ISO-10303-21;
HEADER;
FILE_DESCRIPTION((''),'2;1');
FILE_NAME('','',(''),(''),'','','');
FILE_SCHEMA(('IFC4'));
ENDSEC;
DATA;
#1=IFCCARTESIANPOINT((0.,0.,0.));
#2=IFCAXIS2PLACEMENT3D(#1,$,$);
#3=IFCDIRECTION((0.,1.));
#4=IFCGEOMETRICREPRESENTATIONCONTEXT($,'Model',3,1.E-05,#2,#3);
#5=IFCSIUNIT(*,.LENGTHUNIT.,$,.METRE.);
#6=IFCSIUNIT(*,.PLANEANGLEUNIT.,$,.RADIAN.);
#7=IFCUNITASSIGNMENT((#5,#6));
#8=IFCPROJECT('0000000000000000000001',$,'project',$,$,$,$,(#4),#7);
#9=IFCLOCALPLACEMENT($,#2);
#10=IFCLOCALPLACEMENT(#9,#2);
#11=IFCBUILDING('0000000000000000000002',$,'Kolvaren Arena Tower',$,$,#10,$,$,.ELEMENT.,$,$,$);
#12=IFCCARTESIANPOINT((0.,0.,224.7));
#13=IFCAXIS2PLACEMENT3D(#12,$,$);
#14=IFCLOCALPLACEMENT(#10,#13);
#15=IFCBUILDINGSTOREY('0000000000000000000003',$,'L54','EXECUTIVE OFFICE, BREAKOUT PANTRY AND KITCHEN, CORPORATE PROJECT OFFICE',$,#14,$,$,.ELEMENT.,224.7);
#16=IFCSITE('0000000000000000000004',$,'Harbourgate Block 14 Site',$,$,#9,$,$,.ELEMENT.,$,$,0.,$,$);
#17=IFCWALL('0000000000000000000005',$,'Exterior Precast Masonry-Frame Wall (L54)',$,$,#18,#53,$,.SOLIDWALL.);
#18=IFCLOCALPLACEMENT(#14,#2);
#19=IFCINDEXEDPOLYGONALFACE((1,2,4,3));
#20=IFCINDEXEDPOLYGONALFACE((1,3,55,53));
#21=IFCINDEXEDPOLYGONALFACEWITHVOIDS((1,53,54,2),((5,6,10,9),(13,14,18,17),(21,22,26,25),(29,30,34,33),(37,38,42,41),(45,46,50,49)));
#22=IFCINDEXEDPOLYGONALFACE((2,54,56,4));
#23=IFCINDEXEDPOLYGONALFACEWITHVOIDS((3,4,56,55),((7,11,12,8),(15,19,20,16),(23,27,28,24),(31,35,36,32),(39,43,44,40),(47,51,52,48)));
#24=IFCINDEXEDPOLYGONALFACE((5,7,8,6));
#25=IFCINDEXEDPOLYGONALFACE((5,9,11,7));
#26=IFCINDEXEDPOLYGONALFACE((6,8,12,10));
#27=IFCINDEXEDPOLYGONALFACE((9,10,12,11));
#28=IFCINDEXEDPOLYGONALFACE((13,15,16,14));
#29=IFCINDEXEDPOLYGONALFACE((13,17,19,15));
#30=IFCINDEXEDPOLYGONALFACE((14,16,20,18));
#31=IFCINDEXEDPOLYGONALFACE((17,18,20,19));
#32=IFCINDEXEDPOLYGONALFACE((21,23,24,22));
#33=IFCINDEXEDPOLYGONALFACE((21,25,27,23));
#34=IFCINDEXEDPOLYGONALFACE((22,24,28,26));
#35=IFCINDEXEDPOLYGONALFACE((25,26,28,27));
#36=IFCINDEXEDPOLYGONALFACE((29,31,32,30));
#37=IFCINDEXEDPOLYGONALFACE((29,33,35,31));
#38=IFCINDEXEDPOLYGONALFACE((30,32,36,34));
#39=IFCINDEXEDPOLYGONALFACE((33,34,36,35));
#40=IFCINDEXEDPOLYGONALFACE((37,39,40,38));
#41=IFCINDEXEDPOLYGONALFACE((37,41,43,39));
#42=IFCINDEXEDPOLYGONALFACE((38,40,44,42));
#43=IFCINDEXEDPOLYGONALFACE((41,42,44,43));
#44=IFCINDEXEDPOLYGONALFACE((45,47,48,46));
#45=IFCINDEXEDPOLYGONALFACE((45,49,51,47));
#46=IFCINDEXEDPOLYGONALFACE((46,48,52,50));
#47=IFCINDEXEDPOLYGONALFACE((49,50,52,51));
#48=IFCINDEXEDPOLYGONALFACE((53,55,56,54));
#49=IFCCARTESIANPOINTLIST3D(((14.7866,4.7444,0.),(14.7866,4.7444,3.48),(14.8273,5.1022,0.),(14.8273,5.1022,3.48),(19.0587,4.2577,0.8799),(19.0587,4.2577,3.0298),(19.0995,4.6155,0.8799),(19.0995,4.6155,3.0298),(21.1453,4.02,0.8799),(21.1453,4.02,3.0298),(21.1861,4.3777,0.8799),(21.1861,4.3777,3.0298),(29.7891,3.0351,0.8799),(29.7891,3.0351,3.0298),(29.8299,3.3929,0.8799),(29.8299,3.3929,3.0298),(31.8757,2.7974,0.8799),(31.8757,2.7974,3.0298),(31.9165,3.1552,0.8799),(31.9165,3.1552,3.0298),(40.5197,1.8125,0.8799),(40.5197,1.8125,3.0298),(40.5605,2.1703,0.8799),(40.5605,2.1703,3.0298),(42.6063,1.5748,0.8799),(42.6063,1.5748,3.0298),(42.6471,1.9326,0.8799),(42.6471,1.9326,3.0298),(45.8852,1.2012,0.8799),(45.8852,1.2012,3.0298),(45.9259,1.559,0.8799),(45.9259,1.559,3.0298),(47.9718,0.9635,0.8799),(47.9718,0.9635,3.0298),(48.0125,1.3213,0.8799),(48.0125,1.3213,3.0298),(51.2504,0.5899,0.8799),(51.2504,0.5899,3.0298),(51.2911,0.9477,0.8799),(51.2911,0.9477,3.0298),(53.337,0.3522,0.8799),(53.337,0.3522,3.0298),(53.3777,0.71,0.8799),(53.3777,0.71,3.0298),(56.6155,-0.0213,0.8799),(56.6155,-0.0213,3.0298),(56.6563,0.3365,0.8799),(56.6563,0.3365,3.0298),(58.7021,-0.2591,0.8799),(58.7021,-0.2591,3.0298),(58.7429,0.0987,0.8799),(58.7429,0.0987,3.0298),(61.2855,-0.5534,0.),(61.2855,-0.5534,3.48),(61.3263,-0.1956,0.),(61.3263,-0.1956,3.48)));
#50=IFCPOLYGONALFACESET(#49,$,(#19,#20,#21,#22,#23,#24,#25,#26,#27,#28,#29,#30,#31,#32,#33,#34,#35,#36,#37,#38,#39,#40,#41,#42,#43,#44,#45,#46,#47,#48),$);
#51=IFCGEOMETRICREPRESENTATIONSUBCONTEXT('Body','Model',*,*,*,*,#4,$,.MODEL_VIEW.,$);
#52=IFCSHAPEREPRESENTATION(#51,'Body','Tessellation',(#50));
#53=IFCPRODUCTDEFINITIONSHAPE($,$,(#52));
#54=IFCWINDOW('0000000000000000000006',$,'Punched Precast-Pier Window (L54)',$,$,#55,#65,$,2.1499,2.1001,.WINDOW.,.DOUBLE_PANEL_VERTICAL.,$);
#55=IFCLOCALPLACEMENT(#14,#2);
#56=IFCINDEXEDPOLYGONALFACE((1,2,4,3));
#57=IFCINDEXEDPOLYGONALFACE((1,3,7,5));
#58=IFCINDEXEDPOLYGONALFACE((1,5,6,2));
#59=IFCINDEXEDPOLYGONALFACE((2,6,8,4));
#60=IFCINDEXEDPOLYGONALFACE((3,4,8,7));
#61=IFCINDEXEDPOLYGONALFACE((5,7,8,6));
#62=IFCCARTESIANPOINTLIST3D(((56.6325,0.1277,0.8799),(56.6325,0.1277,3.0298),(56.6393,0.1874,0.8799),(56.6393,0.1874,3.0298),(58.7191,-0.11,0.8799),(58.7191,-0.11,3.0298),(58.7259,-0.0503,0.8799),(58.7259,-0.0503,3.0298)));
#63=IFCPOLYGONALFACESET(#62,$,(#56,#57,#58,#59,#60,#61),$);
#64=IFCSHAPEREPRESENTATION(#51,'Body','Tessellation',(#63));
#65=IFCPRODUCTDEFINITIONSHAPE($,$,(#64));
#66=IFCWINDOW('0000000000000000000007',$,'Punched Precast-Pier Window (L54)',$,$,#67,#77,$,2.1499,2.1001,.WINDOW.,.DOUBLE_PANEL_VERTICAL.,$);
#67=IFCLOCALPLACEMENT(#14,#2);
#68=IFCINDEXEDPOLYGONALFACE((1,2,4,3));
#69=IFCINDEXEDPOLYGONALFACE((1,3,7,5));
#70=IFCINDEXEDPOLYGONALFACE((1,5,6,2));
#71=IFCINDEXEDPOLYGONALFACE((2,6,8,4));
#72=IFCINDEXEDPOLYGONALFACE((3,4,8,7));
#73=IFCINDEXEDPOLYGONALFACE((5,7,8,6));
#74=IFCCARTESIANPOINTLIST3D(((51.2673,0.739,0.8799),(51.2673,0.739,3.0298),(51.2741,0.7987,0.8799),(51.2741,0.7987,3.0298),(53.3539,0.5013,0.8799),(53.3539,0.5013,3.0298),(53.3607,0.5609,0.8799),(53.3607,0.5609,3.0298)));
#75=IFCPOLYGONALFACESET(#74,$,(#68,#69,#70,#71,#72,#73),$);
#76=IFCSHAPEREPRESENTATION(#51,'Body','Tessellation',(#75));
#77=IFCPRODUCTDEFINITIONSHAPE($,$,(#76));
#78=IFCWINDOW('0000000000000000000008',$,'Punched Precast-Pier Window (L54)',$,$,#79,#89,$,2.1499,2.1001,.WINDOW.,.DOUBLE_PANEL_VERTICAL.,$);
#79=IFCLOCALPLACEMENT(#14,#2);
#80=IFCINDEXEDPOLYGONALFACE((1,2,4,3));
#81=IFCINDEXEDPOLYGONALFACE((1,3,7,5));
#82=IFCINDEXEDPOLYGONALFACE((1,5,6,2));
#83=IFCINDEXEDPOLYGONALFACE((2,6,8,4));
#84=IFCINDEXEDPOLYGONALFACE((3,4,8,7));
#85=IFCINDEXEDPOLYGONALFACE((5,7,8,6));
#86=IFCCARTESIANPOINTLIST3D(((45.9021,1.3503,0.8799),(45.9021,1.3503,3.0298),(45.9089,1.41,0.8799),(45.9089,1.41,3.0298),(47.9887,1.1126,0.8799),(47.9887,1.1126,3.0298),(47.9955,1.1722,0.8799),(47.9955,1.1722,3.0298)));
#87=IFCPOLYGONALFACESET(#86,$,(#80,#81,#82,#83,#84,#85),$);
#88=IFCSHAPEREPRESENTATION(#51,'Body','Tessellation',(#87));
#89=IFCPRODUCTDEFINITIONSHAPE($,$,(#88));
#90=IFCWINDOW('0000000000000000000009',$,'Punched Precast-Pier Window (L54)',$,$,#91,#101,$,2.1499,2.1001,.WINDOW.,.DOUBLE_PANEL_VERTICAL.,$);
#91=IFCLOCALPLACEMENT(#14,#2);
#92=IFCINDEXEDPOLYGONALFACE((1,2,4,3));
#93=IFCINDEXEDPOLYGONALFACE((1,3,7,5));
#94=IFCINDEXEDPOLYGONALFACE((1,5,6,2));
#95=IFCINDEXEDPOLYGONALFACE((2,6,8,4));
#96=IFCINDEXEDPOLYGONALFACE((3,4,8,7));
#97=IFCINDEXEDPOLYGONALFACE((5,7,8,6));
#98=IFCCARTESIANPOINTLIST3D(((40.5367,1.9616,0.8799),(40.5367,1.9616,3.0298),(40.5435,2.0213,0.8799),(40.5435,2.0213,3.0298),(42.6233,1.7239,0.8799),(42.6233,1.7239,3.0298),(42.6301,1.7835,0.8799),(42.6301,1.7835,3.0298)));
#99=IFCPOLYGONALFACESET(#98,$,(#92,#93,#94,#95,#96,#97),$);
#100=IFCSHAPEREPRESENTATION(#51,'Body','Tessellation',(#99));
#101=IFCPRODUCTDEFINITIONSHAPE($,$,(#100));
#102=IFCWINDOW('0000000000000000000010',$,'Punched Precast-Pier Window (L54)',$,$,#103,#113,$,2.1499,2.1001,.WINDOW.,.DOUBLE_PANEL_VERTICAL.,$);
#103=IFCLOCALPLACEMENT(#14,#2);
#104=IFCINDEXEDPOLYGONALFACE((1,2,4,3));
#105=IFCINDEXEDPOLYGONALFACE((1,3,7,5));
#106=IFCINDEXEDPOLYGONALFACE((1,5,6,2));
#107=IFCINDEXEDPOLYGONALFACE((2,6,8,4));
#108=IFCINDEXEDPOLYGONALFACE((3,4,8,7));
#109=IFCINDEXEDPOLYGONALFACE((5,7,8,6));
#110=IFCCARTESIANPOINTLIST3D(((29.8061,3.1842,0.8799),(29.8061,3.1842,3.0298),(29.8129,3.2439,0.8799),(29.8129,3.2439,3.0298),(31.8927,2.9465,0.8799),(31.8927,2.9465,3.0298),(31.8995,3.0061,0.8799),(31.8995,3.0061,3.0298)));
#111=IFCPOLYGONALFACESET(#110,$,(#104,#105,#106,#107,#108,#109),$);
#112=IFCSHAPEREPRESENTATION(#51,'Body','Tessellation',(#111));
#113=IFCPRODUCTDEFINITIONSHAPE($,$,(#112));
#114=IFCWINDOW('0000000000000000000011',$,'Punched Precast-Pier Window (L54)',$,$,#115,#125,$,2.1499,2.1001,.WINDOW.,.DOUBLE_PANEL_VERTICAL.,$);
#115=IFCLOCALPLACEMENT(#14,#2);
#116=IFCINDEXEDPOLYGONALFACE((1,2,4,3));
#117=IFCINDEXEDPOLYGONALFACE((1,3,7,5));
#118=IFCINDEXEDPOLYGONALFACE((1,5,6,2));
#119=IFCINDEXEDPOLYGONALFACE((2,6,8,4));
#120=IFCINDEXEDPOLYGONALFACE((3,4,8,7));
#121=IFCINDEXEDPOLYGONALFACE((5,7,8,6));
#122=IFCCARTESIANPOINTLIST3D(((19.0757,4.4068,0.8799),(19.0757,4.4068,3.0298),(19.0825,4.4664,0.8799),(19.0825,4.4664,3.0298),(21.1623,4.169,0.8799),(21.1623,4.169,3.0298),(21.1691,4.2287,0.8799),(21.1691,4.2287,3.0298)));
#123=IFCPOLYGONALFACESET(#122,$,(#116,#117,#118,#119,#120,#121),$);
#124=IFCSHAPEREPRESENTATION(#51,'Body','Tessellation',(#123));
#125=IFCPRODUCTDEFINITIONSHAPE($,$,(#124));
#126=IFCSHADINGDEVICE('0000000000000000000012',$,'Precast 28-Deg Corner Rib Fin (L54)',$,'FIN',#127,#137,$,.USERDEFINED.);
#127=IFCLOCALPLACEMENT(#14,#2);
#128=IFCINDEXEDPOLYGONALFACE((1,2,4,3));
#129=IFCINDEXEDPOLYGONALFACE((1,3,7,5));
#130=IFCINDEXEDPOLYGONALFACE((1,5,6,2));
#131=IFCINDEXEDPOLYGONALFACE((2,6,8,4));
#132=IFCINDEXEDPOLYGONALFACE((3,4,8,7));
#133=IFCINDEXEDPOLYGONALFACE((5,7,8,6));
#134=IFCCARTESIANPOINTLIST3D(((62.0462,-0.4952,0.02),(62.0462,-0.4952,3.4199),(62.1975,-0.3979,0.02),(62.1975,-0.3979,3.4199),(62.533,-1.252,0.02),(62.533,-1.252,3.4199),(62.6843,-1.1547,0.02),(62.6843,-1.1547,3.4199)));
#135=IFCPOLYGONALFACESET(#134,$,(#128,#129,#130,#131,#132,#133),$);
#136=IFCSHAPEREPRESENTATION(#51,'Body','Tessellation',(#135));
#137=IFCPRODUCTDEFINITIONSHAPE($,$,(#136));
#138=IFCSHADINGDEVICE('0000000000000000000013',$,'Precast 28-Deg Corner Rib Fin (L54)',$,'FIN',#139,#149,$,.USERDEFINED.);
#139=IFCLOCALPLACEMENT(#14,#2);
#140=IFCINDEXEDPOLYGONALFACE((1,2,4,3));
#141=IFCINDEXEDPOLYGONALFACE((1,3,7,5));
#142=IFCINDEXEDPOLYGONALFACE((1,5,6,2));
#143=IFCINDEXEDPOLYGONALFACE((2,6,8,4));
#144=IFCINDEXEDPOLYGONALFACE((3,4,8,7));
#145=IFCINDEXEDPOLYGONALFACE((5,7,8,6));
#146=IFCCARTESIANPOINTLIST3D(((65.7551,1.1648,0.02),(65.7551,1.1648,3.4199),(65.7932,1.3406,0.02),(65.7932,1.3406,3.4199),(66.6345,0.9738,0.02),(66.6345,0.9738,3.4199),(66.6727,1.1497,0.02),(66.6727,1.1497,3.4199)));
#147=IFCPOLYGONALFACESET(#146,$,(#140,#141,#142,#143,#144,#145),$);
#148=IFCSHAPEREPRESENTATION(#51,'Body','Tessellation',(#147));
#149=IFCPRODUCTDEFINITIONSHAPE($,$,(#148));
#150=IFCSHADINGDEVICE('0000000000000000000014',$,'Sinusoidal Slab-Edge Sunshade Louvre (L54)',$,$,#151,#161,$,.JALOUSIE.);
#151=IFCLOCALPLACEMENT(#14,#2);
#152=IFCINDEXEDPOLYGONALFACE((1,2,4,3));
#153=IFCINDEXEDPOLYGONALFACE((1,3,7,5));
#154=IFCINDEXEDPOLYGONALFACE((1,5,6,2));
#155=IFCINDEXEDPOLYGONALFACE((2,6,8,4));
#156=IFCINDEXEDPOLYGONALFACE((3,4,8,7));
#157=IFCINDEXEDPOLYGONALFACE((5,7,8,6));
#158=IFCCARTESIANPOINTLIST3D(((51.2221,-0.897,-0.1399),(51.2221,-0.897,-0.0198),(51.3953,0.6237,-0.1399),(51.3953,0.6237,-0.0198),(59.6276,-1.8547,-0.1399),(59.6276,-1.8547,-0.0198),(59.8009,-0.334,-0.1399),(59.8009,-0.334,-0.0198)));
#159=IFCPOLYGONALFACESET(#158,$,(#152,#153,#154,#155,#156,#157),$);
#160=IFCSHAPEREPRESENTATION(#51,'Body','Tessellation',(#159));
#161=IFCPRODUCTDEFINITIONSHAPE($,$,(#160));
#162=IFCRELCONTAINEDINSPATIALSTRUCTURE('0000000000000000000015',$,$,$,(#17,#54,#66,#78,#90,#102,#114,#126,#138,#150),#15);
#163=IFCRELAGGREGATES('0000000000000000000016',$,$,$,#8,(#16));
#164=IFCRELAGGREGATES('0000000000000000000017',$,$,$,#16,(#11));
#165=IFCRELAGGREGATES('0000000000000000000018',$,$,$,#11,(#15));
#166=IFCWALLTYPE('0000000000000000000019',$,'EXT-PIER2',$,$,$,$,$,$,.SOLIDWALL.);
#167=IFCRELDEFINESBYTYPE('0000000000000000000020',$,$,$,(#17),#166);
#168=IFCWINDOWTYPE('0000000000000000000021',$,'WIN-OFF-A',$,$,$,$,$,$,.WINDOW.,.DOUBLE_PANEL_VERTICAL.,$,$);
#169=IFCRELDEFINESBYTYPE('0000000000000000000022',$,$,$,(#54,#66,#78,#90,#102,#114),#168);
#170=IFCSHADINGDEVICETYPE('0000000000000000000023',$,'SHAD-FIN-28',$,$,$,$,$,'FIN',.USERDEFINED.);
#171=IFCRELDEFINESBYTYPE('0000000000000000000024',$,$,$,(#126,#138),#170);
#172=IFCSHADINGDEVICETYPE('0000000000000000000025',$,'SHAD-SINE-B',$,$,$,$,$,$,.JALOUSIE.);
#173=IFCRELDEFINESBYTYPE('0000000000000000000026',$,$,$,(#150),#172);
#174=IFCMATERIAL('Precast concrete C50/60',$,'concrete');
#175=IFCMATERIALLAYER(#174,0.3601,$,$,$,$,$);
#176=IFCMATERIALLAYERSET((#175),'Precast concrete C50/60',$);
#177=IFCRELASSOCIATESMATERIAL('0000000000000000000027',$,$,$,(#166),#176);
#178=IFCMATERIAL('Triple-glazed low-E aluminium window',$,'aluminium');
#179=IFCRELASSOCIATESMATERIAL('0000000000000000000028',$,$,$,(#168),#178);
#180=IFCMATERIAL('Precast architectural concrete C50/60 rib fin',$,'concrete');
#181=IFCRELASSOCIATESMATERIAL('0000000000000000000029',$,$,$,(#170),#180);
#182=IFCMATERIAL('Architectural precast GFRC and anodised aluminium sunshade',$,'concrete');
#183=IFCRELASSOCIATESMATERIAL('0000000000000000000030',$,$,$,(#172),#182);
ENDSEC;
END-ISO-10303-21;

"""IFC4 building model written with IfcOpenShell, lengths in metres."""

from ifc_helpers import new_model, si_unit, direction, frame, frame_2d, origin, origin_2d, place, context, subcontext, project, spatial, rectangle, extrude, material, layer, layer_set, type_object, element, fill, save


model = new_model("IFC4")

# Units and contexts
model_context = context("Model", 3, precision=1e-05, world=origin(), true_north=direction((0.0, 1.0)))
body_context = subcontext(model_context, "Body", "Model", "MODEL_VIEW")
ifc_project = project(units=[si_unit("LENGTHUNIT", "METRE"), si_unit("PLANEANGLEUNIT", "RADIAN")], contexts=[model_context])

# Site, building, storey
site_placement = place(None, origin())
site = spatial("IfcSite", under=ifc_project, at=site_placement, Name="Harbourgate Block 14 Site", CompositionType="ELEMENT", RefElevation=0.0)
building_placement = place(site_placement, origin())
building = spatial("IfcBuilding", under=site, at=building_placement, Name="Kolvaren Arena Tower", CompositionType="ELEMENT")
storey_placement = place(building_placement, frame((0.0, 0.0, 224.7)))
storey = spatial("IfcBuildingStorey", under=building, at=storey_placement, Name="L54", Description="EXECUTIVE OFFICE, BREAKOUT PANTRY AND KITCHEN, CORPORATE PROJECT OFFICE", CompositionType="ELEMENT", Elevation=224.7)

# Shared definitions
ifc_material_1 = material(Name="Precast concrete C50/60", Category="concrete")
ifc_layer = layer(ifc_material_1, 0.3601)
ifc_layer_set = layer_set([ifc_layer], Name="Precast concrete C50/60")
wall_type = type_object("IfcWallType", Name="EXT-PIER2", PredefinedType="SOLIDWALL", material=ifc_layer_set)

# Wall, openings, windows
wall_1_placement = place(storey_placement, frame((61.3059, -0.3745, 0.0), z_axis=(0.0, 0.0, 1.0), x_axis=(-0.993572, 0.113202, 0.0)))
wall_1 = element("IfcWall", 1, at=wall_1_placement, inside=storey, type_object=wall_type, Name="Exterior Precast Masonry-Frame Wall (L54)", PredefinedType="SOLIDWALL", context=body_context, shape_type="SweptSolid", body=[
    extrude(rectangle(XDim=46.7998, YDim=0.3601, at=frame_2d((23.3999, 0.0))), origin(), (0.0, 0.0, 1.0), 3.48),
])
opening_1_placement = place(wall_1_placement, frame((2.6001, 0.0, 0.8799)))
opening_1 = element("IfcOpeningElement", 2, at=opening_1_placement, cuts=wall_1, PredefinedType="OPENING", context=body_context, shape_type="SweptSolid", body=[
    extrude(rectangle(XDim=2.1001, YDim=2.1499, at=frame_2d((1.05, 1.075))), frame((0.0, 0.1899, 0.0), z_axis=(0.0, -1.0, 0.0), x_axis=(1.0, 0.0, 0.0)), (0.0, 0.0, 1.0), 0.3801),
])
opening_2_placement = place(wall_1_placement, frame((8.0, 0.0, 0.8799)))
opening_2 = element("IfcOpeningElement", 3, at=opening_2_placement, cuts=wall_1, PredefinedType="OPENING", context=body_context, shape_type="SweptSolid", body=[
    extrude(rectangle(XDim=2.1001, YDim=2.1499, at=frame_2d((1.05, 1.075))), frame((0.0, 0.1899, 0.0), z_axis=(0.0, -1.0, 0.0), x_axis=(1.0, 0.0, 0.0)), (0.0, 0.0, 1.0), 0.3801),
])
opening_3_placement = place(wall_1_placement, frame((13.3999, 0.0, 0.8799)))
opening_3 = element("IfcOpeningElement", 4, at=opening_3_placement, cuts=wall_1, PredefinedType="OPENING", context=body_context, shape_type="SweptSolid", body=[
    extrude(rectangle(XDim=2.1001, YDim=2.1499, at=frame_2d((1.05, 1.075))), frame((0.0, 0.1899, 0.0), z_axis=(0.0, -1.0, 0.0), x_axis=(1.0, 0.0, 0.0)), (0.0, 0.0, 1.0), 0.3801),
])
opening_4_placement = place(wall_1_placement, frame((18.8, 0.0, 0.8799)))
opening_4 = element("IfcOpeningElement", 5, at=opening_4_placement, cuts=wall_1, PredefinedType="OPENING", context=body_context, shape_type="SweptSolid", body=[
    extrude(rectangle(XDim=2.1001, YDim=2.1499, at=frame_2d((1.05, 1.075))), frame((0.0, 0.1899, 0.0), z_axis=(0.0, -1.0, 0.0), x_axis=(1.0, 0.0, 0.0)), (0.0, 0.0, 1.0), 0.3801),
])
opening_5_placement = place(wall_1_placement, frame((29.6001, 0.0, 0.8799)))
opening_5 = element("IfcOpeningElement", 6, at=opening_5_placement, cuts=wall_1, PredefinedType="OPENING", context=body_context, shape_type="SweptSolid", body=[
    extrude(rectangle(XDim=2.1001, YDim=2.1499, at=frame_2d((1.05, 1.075))), frame((0.0, 0.1899, 0.0), z_axis=(0.0, -1.0, 0.0), x_axis=(1.0, 0.0, 0.0)), (0.0, 0.0, 1.0), 0.3801),
])
opening_6_placement = place(wall_1_placement, frame((40.3999, 0.0, 0.8799)))
opening_6 = element("IfcOpeningElement", 7, at=opening_6_placement, cuts=wall_1, PredefinedType="OPENING", context=body_context, shape_type="SweptSolid", body=[
    extrude(rectangle(XDim=2.1001, YDim=2.1499, at=frame_2d((1.05, 1.075))), frame((0.0, 0.1899, 0.0), z_axis=(0.0, -1.0, 0.0), x_axis=(1.0, 0.0, 0.0)), (0.0, 0.0, 1.0), 0.3801),
])
ifc_material_2 = material(Name="Triple-glazed low-E aluminium window", Category="aluminium")
window_type = type_object("IfcWindowType", Name="WIN-OFF-A", PartitioningType="DOUBLE_PANEL_VERTICAL", PredefinedType="WINDOW", material=ifc_material_2)
window_1_placement = place(opening_1_placement, origin())
window_1 = element("IfcWindow", 8, at=window_1_placement, inside=storey, type_object=window_type, Name="Punched Precast-Pier Window (L54)", OverallHeight=2.1499, OverallWidth=2.1001, PartitioningType="DOUBLE_PANEL_VERTICAL", PredefinedType="WINDOW", context=body_context, shape_type="SweptSolid", body=[
    extrude(rectangle(XDim=2.1001, YDim=2.1499, at=frame_2d((1.05, 1.075))), frame((0.0, 0.03, 0.0), z_axis=(0.0, -1.0, 0.0), x_axis=(1.0, 0.0, 0.0)), (0.0, 0.0, 1.0), 0.0601),
])
fill(opening_1, window_1)
window_2_placement = place(opening_2_placement, origin())
window_2 = element("IfcWindow", 9, at=window_2_placement, inside=storey, type_object=window_type, Name="Punched Precast-Pier Window (L54)", OverallHeight=2.1499, OverallWidth=2.1001, PartitioningType="DOUBLE_PANEL_VERTICAL", PredefinedType="WINDOW", context=body_context, shape_type="SweptSolid", body=[
    extrude(rectangle(XDim=2.1001, YDim=2.1499, at=frame_2d((1.05, 1.075))), frame((0.0, 0.03, 0.0), z_axis=(0.0, -1.0, 0.0), x_axis=(1.0, 0.0, 0.0)), (0.0, 0.0, 1.0), 0.0601),
])
fill(opening_2, window_2)
window_3_placement = place(opening_3_placement, origin())
window_3 = element("IfcWindow", 10, at=window_3_placement, inside=storey, type_object=window_type, Name="Punched Precast-Pier Window (L54)", OverallHeight=2.1499, OverallWidth=2.1001, PartitioningType="DOUBLE_PANEL_VERTICAL", PredefinedType="WINDOW", context=body_context, shape_type="SweptSolid", body=[
    extrude(rectangle(XDim=2.1001, YDim=2.1499, at=frame_2d((1.05, 1.075))), frame((0.0, 0.03, 0.0), z_axis=(0.0, -1.0, 0.0), x_axis=(1.0, 0.0, 0.0)), (0.0, 0.0, 1.0), 0.0601),
])
fill(opening_3, window_3)
window_4_placement = place(opening_4_placement, origin())
window_4 = element("IfcWindow", 11, at=window_4_placement, inside=storey, type_object=window_type, Name="Punched Precast-Pier Window (L54)", OverallHeight=2.1499, OverallWidth=2.1001, PartitioningType="DOUBLE_PANEL_VERTICAL", PredefinedType="WINDOW", context=body_context, shape_type="SweptSolid", body=[
    extrude(rectangle(XDim=2.1001, YDim=2.1499, at=frame_2d((1.05, 1.075))), frame((0.0, 0.03, 0.0), z_axis=(0.0, -1.0, 0.0), x_axis=(1.0, 0.0, 0.0)), (0.0, 0.0, 1.0), 0.0601),
])
fill(opening_4, window_4)
window_5_placement = place(opening_5_placement, origin())
window_5 = element("IfcWindow", 12, at=window_5_placement, inside=storey, type_object=window_type, Name="Punched Precast-Pier Window (L54)", OverallHeight=2.1499, OverallWidth=2.1001, PartitioningType="DOUBLE_PANEL_VERTICAL", PredefinedType="WINDOW", context=body_context, shape_type="SweptSolid", body=[
    extrude(rectangle(XDim=2.1001, YDim=2.1499, at=frame_2d((1.05, 1.075))), frame((0.0, 0.03, 0.0), z_axis=(0.0, -1.0, 0.0), x_axis=(1.0, 0.0, 0.0)), (0.0, 0.0, 1.0), 0.0601),
])
fill(opening_5, window_5)
window_6_placement = place(opening_6_placement, origin())
window_6 = element("IfcWindow", 13, at=window_6_placement, inside=storey, type_object=window_type, Name="Punched Precast-Pier Window (L54)", OverallHeight=2.1499, OverallWidth=2.1001, PartitioningType="DOUBLE_PANEL_VERTICAL", PredefinedType="WINDOW", context=body_context, shape_type="SweptSolid", body=[
    extrude(rectangle(XDim=2.1001, YDim=2.1499, at=frame_2d((1.05, 1.075))), frame((0.0, 0.03, 0.0), z_axis=(0.0, -1.0, 0.0), x_axis=(1.0, 0.0, 0.0)), (0.0, 0.0, 1.0), 0.0601),
])
fill(opening_6, window_6)

# Shading devices
ifc_material_3 = material(Name="Precast architectural concrete C50/60 rib fin", Category="concrete")
shading_device_type_1 = type_object("IfcShadingDeviceType", Name="SHAD-FIN-28", ElementType="FIN", PredefinedType="USERDEFINED", material=ifc_material_3)
for number, where, z_axis, x_axis, name in (
    (14, (62.3652, -0.825, 0.02), (0.0, 0.0, 1.0), (0.540982, -0.841034, 0.0), "Precast 28-Deg Corner Rib Fin (L54)"),
    (15, (66.2139, 1.1572, 0.02), (0.0, 0.0, 1.0), (0.977234, -0.212162, 0.0), "Precast 28-Deg Corner Rib Fin (L54)"),
):
    element("IfcShadingDevice", number, at=place(storey_placement, frame(where, z_axis=z_axis, x_axis=x_axis)), inside=storey, type_object=shading_device_type_1, Name=name, ObjectType="FIN", PredefinedType="USERDEFINED", context=body_context, shape_type="SweptSolid", body=[
        extrude(rectangle(XDim=0.8999, YDim=0.1799, at=origin_2d()), origin(), (0.0, 0.0, 1.0), 3.3999),
    ])
ifc_material_4 = material(Name="Architectural precast GFRC and anodised aluminium sunshade", Category="concrete")
shading_device_type_2 = type_object("IfcShadingDeviceType", Name="SHAD-SINE-B", PredefinedType="JALOUSIE", material=ifc_material_4)
shading_device_placement = place(storey_placement, frame((55.5115, -0.6155, -0.1399), z_axis=(0.0, 0.0, 1.0), x_axis=(-0.993572, 0.113205, 0.0)))
element("IfcShadingDevice", 16, at=shading_device_placement, inside=storey, type_object=shading_device_type_2, Name="Sinusoidal Slab-Edge Sunshade Louvre (L54)", PredefinedType="JALOUSIE", context=body_context, shape_type="SweptSolid", body=[
    extrude(rectangle(XDim=8.46, YDim=1.5305, at=origin_2d()), origin(), (0.0, 0.0, 1.0), 0.1201),
])

save(model, "model.ifc")
